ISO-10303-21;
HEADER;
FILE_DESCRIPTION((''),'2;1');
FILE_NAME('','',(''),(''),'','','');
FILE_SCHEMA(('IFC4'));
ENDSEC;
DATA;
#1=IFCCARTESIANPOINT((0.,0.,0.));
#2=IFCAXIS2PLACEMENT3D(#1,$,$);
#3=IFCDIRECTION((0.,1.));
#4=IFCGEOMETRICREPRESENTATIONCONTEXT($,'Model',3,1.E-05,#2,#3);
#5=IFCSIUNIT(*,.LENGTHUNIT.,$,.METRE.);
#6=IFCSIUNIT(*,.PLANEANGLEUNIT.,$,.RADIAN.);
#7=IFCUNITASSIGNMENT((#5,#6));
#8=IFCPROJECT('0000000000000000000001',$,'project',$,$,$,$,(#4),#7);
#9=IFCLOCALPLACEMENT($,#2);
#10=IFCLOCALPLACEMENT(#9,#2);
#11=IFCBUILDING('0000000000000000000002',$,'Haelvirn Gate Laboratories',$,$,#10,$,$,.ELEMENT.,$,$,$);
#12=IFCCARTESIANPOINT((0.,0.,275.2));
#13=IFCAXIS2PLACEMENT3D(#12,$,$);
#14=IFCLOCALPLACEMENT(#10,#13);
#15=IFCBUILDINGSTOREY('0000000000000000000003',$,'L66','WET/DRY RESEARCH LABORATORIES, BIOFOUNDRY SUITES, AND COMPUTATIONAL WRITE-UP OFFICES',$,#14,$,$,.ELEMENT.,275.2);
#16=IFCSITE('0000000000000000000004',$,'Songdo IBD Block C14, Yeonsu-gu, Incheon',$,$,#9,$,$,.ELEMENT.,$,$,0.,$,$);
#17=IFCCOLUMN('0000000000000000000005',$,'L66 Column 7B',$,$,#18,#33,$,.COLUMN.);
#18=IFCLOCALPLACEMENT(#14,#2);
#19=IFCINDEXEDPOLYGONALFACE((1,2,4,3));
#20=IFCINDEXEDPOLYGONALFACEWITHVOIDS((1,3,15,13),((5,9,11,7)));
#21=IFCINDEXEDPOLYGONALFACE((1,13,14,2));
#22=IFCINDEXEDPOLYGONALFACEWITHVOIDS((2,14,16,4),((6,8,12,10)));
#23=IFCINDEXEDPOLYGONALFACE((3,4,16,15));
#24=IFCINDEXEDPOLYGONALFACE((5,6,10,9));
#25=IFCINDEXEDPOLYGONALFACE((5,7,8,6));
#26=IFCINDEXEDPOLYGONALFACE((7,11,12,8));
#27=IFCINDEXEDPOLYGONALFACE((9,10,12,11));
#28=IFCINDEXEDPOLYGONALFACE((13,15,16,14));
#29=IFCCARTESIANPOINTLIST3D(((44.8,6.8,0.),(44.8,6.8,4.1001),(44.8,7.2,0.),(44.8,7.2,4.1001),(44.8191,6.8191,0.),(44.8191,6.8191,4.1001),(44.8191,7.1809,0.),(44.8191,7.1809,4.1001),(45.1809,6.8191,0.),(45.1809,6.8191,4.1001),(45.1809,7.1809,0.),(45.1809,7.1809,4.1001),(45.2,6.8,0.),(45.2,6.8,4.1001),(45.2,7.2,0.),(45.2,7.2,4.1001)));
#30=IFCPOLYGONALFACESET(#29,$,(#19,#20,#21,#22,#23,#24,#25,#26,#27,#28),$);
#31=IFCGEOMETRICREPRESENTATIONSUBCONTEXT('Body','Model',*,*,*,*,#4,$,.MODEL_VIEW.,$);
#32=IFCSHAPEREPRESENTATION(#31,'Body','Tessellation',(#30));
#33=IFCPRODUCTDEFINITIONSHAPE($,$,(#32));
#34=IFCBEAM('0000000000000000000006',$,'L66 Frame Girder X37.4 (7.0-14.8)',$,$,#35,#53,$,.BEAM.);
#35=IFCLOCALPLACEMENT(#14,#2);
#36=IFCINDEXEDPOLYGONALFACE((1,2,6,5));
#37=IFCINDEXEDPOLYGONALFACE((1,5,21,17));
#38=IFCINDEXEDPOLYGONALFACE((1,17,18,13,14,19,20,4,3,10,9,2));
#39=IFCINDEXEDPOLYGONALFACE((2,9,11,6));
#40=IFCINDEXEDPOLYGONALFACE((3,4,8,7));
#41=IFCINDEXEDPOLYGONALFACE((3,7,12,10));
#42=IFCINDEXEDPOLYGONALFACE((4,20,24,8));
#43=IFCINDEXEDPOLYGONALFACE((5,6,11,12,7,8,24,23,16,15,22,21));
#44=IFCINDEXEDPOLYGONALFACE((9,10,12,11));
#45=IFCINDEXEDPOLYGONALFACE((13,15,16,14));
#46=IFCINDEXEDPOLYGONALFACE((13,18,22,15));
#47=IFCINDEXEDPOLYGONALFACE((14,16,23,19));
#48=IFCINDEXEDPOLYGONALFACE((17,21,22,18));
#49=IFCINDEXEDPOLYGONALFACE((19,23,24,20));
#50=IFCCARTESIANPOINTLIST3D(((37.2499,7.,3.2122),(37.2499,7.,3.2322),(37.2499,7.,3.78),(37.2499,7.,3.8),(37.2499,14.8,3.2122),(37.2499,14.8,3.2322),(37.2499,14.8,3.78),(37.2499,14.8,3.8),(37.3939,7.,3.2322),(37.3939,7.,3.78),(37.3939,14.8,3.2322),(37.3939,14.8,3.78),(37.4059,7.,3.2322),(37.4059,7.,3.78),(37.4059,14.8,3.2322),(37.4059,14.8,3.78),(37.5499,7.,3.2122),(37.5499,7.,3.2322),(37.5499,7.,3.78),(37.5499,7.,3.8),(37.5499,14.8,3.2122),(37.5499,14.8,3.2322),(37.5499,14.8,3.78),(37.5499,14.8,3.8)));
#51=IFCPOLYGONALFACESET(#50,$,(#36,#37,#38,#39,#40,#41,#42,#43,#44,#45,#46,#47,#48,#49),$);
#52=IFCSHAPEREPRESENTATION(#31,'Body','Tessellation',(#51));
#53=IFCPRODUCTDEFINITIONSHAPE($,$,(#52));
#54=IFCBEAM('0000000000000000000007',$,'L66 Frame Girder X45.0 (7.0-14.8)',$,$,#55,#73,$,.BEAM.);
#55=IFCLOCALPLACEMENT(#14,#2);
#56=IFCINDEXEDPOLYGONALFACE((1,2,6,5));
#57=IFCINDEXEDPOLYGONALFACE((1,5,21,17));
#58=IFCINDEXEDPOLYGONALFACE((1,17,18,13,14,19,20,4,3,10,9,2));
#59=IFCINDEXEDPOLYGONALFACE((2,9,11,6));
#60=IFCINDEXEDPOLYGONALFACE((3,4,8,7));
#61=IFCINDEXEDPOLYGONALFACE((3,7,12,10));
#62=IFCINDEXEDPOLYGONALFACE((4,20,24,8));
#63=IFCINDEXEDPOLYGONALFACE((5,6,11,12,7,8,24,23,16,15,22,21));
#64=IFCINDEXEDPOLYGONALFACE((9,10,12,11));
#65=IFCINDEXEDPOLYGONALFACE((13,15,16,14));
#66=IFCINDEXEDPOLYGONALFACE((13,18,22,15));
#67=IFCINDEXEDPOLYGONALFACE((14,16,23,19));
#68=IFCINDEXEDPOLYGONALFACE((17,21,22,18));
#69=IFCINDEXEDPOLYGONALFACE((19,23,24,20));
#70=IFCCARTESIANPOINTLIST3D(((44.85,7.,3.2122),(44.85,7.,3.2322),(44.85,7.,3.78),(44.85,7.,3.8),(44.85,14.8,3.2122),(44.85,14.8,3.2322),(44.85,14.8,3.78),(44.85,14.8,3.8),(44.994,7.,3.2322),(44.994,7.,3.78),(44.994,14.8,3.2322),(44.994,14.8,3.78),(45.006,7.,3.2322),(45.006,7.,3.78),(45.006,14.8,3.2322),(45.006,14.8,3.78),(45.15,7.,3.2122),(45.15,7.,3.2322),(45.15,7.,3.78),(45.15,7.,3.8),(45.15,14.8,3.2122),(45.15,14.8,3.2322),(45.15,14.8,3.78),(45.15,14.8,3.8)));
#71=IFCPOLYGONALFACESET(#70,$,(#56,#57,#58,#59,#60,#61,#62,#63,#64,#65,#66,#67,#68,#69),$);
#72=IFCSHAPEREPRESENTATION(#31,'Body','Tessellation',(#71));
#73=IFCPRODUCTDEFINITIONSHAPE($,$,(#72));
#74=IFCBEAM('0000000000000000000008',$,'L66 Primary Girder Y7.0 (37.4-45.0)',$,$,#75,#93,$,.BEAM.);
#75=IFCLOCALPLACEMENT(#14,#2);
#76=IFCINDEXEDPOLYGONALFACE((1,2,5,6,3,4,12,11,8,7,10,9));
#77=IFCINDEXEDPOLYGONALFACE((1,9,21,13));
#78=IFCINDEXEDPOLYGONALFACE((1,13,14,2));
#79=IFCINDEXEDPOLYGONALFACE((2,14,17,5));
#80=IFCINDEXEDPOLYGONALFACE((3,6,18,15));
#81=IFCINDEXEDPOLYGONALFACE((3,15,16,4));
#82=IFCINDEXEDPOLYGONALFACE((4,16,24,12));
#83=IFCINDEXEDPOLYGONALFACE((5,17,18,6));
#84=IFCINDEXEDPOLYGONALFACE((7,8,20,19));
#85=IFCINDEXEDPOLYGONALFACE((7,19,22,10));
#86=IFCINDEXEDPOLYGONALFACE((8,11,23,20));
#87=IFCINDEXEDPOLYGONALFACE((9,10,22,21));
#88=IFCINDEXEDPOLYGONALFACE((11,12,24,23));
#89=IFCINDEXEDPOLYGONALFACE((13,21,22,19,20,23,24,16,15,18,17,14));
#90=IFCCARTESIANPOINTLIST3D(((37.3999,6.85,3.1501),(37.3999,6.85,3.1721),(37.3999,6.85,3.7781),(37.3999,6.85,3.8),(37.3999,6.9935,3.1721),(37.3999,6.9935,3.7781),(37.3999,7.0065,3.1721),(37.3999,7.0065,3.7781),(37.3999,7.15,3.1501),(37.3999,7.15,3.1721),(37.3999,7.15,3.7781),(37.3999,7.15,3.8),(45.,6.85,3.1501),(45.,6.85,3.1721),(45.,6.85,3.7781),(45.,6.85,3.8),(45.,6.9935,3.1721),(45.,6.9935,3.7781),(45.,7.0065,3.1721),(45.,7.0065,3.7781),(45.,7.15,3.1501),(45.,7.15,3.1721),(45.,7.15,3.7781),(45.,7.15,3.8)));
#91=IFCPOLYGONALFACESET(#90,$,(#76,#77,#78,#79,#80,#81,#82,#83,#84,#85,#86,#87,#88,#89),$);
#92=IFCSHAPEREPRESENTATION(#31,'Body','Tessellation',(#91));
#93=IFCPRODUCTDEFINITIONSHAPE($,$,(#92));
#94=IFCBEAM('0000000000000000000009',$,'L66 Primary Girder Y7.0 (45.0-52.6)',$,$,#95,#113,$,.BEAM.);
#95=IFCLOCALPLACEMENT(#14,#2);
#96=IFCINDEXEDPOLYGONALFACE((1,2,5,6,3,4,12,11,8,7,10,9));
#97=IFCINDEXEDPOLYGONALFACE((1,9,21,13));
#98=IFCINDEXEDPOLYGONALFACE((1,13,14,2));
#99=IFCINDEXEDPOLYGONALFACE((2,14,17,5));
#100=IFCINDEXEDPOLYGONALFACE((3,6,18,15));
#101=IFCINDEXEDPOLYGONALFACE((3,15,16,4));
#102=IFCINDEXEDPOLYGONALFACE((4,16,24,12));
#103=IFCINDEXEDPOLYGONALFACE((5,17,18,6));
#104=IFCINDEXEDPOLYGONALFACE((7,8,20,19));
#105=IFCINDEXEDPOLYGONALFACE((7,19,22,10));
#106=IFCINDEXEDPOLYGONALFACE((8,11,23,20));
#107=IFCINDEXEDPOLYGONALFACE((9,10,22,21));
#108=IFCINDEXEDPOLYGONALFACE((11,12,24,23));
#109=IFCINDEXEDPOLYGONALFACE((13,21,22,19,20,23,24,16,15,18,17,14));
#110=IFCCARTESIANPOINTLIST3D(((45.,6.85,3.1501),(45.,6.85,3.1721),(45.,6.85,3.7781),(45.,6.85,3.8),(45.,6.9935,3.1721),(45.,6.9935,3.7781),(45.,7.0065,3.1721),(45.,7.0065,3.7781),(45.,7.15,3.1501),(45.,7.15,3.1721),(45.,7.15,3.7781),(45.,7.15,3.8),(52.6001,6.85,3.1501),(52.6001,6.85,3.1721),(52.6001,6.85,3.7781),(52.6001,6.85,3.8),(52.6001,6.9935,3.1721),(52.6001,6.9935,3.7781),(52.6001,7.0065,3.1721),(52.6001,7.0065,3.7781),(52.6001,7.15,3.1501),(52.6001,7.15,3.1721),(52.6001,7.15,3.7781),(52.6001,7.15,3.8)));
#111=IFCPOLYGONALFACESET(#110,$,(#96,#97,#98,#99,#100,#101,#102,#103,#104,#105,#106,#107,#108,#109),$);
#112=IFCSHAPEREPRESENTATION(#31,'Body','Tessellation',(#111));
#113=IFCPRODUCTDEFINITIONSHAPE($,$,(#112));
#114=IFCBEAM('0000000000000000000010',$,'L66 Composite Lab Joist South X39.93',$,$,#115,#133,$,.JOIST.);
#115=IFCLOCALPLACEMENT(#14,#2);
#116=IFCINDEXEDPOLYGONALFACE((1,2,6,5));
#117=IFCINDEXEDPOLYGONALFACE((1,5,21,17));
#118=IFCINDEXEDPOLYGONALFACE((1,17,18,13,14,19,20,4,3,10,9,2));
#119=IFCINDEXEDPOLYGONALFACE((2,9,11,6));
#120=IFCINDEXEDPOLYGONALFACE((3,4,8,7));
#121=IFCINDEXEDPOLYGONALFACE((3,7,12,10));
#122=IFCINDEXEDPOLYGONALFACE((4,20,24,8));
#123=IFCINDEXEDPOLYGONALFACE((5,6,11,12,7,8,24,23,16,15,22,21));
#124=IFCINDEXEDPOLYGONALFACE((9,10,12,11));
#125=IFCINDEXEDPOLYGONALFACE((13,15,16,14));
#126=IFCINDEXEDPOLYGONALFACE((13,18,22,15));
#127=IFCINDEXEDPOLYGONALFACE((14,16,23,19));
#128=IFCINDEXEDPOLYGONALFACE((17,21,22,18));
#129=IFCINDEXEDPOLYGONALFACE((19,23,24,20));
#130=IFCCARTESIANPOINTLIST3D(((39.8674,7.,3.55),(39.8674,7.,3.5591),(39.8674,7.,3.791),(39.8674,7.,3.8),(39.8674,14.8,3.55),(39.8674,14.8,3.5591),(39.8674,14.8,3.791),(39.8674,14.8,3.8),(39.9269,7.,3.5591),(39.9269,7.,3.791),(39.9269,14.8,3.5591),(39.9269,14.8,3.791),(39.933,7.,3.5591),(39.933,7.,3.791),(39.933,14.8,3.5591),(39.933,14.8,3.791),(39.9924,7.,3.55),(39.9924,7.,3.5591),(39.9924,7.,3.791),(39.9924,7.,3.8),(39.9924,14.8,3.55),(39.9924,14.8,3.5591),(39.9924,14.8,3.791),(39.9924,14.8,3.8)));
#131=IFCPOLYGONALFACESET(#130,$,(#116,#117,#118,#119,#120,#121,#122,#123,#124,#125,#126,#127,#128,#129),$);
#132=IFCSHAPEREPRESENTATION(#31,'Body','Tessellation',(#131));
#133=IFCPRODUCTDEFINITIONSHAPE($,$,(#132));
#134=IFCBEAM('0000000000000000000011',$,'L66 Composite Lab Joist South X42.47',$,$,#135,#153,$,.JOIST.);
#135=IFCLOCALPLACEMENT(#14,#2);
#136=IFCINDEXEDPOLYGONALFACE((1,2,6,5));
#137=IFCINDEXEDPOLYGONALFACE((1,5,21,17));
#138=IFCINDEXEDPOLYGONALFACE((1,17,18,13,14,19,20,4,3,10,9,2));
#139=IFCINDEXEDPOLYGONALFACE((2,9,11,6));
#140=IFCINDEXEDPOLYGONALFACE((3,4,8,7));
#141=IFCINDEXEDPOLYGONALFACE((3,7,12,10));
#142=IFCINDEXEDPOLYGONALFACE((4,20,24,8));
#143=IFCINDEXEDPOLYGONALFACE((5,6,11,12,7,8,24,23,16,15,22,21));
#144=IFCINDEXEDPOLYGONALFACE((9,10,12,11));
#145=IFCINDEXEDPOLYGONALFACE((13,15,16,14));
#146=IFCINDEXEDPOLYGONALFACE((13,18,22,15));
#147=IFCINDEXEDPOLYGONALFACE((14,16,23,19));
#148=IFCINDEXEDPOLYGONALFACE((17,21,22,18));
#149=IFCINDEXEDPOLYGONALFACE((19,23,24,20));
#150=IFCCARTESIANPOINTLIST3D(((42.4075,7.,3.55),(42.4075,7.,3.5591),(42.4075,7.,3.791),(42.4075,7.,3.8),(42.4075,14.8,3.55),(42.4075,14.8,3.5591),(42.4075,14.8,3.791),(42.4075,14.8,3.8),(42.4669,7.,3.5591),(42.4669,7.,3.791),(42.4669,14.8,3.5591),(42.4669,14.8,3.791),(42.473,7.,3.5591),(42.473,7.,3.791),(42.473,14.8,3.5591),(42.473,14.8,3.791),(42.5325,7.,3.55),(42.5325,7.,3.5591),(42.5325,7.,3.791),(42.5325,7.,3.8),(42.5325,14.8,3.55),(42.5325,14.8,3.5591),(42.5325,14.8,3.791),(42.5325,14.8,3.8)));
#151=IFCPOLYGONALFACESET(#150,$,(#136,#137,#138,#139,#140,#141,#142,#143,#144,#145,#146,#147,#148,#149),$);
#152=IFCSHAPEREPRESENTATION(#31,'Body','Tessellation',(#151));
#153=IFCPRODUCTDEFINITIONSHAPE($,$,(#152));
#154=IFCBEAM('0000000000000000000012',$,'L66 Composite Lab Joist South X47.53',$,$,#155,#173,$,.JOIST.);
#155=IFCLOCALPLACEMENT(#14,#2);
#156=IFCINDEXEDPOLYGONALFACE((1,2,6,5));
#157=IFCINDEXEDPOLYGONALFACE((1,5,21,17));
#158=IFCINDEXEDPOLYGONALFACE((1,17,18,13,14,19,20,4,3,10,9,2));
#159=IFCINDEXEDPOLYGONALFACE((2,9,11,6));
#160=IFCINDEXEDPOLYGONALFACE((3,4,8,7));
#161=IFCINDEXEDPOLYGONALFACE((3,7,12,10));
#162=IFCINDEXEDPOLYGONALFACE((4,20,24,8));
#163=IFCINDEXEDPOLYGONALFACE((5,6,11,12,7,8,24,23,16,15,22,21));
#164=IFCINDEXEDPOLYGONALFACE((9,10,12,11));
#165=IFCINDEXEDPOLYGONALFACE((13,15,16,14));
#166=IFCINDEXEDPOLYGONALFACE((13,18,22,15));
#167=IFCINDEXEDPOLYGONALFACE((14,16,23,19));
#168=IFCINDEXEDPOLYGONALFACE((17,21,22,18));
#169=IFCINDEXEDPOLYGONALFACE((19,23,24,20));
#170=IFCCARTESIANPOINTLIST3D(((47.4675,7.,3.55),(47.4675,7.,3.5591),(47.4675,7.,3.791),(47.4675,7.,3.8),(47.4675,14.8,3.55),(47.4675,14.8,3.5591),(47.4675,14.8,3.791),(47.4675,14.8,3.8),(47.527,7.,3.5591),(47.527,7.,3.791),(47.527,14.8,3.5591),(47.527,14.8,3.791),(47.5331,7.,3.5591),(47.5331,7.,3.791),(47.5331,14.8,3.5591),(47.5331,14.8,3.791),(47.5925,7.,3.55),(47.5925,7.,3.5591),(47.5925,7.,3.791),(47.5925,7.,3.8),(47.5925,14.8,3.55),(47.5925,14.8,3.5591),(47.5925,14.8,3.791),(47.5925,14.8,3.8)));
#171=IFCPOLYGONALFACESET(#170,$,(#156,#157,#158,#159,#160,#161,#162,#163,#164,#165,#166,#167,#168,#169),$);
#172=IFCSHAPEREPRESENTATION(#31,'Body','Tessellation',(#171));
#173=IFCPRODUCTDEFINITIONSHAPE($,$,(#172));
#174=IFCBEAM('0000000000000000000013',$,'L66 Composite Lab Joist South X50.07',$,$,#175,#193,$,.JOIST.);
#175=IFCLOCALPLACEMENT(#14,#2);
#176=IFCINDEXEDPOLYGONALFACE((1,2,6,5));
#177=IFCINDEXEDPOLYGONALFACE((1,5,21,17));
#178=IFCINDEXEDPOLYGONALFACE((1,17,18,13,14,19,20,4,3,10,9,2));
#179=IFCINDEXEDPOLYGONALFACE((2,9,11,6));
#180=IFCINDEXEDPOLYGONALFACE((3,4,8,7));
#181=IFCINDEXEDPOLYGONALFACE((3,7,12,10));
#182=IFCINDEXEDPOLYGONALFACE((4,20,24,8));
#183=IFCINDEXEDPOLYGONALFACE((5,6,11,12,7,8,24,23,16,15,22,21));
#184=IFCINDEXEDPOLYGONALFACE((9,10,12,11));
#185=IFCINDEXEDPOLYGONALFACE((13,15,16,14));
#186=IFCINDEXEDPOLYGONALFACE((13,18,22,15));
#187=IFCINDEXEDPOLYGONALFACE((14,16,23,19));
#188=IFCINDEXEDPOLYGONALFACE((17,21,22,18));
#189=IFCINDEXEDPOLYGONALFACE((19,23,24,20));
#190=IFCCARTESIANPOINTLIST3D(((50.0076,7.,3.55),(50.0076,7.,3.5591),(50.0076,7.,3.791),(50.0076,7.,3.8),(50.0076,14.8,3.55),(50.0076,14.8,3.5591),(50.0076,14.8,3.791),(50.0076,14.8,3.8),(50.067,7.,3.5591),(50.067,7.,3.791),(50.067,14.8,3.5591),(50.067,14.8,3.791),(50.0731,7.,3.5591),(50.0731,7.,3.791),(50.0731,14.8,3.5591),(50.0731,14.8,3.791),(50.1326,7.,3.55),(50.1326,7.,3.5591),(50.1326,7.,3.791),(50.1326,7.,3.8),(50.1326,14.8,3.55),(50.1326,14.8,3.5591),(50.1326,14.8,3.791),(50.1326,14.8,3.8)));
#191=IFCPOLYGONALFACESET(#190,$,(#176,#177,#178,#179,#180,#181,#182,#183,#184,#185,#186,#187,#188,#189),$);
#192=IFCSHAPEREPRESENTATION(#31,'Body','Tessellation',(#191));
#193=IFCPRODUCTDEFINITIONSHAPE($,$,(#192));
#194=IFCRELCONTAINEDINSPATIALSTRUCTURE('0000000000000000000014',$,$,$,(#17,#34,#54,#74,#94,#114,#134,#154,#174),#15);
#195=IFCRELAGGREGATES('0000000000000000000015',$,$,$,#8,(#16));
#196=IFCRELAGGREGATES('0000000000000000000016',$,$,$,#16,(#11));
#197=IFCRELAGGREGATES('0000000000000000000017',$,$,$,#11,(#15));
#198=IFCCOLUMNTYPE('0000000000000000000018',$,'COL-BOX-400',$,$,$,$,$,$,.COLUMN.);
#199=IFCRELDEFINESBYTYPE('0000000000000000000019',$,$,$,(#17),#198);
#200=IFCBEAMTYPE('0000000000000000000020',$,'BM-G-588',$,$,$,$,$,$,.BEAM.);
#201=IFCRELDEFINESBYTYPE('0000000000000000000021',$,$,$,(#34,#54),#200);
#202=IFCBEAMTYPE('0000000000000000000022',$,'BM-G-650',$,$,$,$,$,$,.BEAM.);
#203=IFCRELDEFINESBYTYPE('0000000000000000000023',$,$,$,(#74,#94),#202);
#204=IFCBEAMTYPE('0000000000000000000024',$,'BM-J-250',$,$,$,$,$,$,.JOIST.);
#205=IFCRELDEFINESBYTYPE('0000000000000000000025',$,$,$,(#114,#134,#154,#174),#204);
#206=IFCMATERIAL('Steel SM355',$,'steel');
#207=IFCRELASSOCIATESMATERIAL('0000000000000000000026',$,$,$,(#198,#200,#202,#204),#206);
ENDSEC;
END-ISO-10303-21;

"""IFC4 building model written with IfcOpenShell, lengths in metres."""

from ifc_helpers import new_model, si_unit, direction, frame, origin, origin_2d, place, context, subcontext, project, spatial, hollow_rectangle, i_section, extrude, source, transform, mapped, material, material_profile, profile_set, type_object, type_shapes, element, save


model = new_model("IFC4")

# Units and contexts
model_context = context("Model", 3, precision=1e-05, world=origin(), true_north=direction((0.0, 1.0)))
body_context = subcontext(model_context, "Body", "Model", "MODEL_VIEW")
ifc_project = project(units=[si_unit("LENGTHUNIT", "METRE"), si_unit("PLANEANGLEUNIT", "RADIAN")], contexts=[model_context])

# Site, building, storey
site_placement = place(None, origin())
site = spatial("IfcSite", under=ifc_project, at=site_placement, Name="Songdo IBD Block C14, Yeonsu-gu, Incheon", CompositionType="ELEMENT", RefElevation=0.0)
building_placement = place(site_placement, origin())
building = spatial("IfcBuilding", under=site, at=building_placement, Name="Haelvirn Gate Laboratories", CompositionType="ELEMENT")
storey_placement = place(building_placement, frame((0.0, 0.0, 275.2)))
storey = spatial("IfcBuildingStorey", under=building, at=storey_placement, Name="L66", Description="WET/DRY RESEARCH LABORATORIES, BIOFOUNDRY SUITES, AND COMPUTATIONAL WRITE-UP OFFICES", CompositionType="ELEMENT", Elevation=275.2)

# Column
ifc_material_1 = material(Name="Steel SM355", Category="steel")
ifc_material_profile_1 = material_profile(ifc_material_1, hollow_rectangle(XDim=0.3999, YDim=0.3999, WallThickness=0.019, at=origin_2d()), Name="BOX-400x400x19")
ifc_profile_set_1 = profile_set([ifc_material_profile_1], Name="Steel SM355")
column_type = type_object("IfcColumnType", Name="COL-BOX-400", PredefinedType="COLUMN", material=ifc_profile_set_1)
shared_shape_1 = source(origin(), body_context, "Body", "SweptSolid", [
    extrude(hollow_rectangle(XDim=0.3999, YDim=0.3999, WallThickness=0.019, at=origin_2d()), origin(), (0.0, 0.0, 1.0), 4.1001),
])
type_shapes(column_type, [shared_shape_1])
column_placement = place(storey_placement, frame((45.0, 7.0, 0.0), z_axis=(0.0, 0.0, 1.0), x_axis=(1.0, 0.0, 0.0)))
element("IfcColumn", 1, at=column_placement, inside=storey, type_object=column_type, Name="L66 Column 7B", PredefinedType="COLUMN", context=body_context, shape_type="MappedRepresentation", body=[
    mapped(shared_shape_1, transform((0.0, 0.0, 0.0), scale=1.0)),
])

# Beams
ifc_material_profile_2 = material_profile(ifc_material_1, i_section(OverallWidth=0.3, OverallDepth=0.5879, WebThickness=0.012, FlangeThickness=0.02, at=origin_2d()), Name="H-588x300x12x20")
ifc_profile_set_2 = profile_set([ifc_material_profile_2], Name="Steel SM355")
beam_type_1 = type_object("IfcBeamType", Name="BM-G-588", PredefinedType="BEAM", material=ifc_profile_set_2)
shared_shape_2 = source(origin(), body_context, "Body", "SweptSolid", [
    extrude(i_section(OverallWidth=0.3, OverallDepth=0.5879, WebThickness=0.012, FlangeThickness=0.02, at=origin_2d()), origin(), (0.0, 0.0, 1.0), 7.8),
])
type_shapes(beam_type_1, [shared_shape_2])
for number, where, z_axis, x_axis, name in (
    (2, (37.3999, 7.0, 3.5061), (0.0, 1.0, 0.0), (-1.0, 0.0, 0.0), "L66 Frame Girder X37.4 (7.0-14.8)"),
    (3, (45.0, 7.0, 3.5061), (0.0, 1.0, 0.0), (-1.0, 0.0, 0.0), "L66 Frame Girder X45.0 (7.0-14.8)"),
):
    element("IfcBeam", number, at=place(storey_placement, frame(where, z_axis=z_axis, x_axis=x_axis)), inside=storey, type_object=beam_type_1, Name=name, PredefinedType="BEAM", context=body_context, shape_type="MappedRepresentation", body=[
        mapped(shared_shape_2, transform((0.0, 0.0, 0.0), scale=1.0)),
    ])
ifc_material_profile_3 = material_profile(ifc_material_1, i_section(OverallWidth=0.3, OverallDepth=0.6499, WebThickness=0.0129, FlangeThickness=0.022, at=origin_2d()), Name="H-650x300x13x22")
ifc_profile_set_3 = profile_set([ifc_material_profile_3], Name="Steel SM355")
beam_type_2 = type_object("IfcBeamType", Name="BM-G-650", PredefinedType="BEAM", material=ifc_profile_set_3)
shared_shape_3 = source(origin(), body_context, "Body", "SweptSolid", [
    extrude(i_section(OverallWidth=0.3, OverallDepth=0.6499, WebThickness=0.0129, FlangeThickness=0.022, at=origin_2d()), origin(), (0.0, 0.0, 1.0), 7.6001),
])
type_shapes(beam_type_2, [shared_shape_3])
for number, where, z_axis, x_axis, name in (
    (4, (37.3999, 7.0, 3.4751), (1.0, 0.0, 0.0), (0.0, 1.0, 0.0), "L66 Primary Girder Y7.0 (37.4-45.0)"),
    (5, (45.0, 7.0, 3.4751), (1.0, 0.0, 0.0), (0.0, 1.0, 0.0), "L66 Primary Girder Y7.0 (45.0-52.6)"),
):
    element("IfcBeam", number, at=place(storey_placement, frame(where, z_axis=z_axis, x_axis=x_axis)), inside=storey, type_object=beam_type_2, Name=name, PredefinedType="BEAM", context=body_context, shape_type="MappedRepresentation", body=[
        mapped(shared_shape_3, transform((0.0, 0.0, 0.0), scale=1.0)),
    ])
ifc_material_profile_4 = material_profile(ifc_material_1, i_section(OverallWidth=0.125, OverallDepth=0.25, WebThickness=0.0061, FlangeThickness=0.009, at=origin_2d()), Name="H-250x125x6x9")
ifc_profile_set_4 = profile_set([ifc_material_profile_4], Name="Steel SM355")
beam_type_3 = type_object("IfcBeamType", Name="BM-J-250", PredefinedType="JOIST", material=ifc_profile_set_4)
shared_shape_4 = source(origin(), body_context, "Body", "SweptSolid", [
    extrude(i_section(OverallWidth=0.125, OverallDepth=0.25, WebThickness=0.0061, FlangeThickness=0.009, at=origin_2d()), origin(), (0.0, 0.0, 1.0), 7.8),
])
type_shapes(beam_type_3, [shared_shape_4])
for number, where, z_axis, x_axis, name in (
    (6, (39.9299, 7.0, 3.675), (0.0, 1.0, 0.0), (-1.0, 0.0, 0.0), "L66 Composite Lab Joist South X39.93"),
    (7, (42.47, 7.0, 3.675), (0.0, 1.0, 0.0), (-1.0, 0.0, 0.0), "L66 Composite Lab Joist South X42.47"),
    (8, (47.53, 7.0, 3.675), (0.0, 1.0, 0.0), (-1.0, 0.0, 0.0), "L66 Composite Lab Joist South X47.53"),
    (9, (50.0701, 7.0, 3.675), (0.0, 1.0, 0.0), (-1.0, 0.0, 0.0), "L66 Composite Lab Joist South X50.07"),
):
    element("IfcBeam", number, at=place(storey_placement, frame(where, z_axis=z_axis, x_axis=x_axis)), inside=storey, type_object=beam_type_3, Name=name, PredefinedType="JOIST", context=body_context, shape_type="MappedRepresentation", body=[
        mapped(shared_shape_4, transform((0.0, 0.0, 0.0), scale=1.0)),
    ])

save(model, "model.ifc")
